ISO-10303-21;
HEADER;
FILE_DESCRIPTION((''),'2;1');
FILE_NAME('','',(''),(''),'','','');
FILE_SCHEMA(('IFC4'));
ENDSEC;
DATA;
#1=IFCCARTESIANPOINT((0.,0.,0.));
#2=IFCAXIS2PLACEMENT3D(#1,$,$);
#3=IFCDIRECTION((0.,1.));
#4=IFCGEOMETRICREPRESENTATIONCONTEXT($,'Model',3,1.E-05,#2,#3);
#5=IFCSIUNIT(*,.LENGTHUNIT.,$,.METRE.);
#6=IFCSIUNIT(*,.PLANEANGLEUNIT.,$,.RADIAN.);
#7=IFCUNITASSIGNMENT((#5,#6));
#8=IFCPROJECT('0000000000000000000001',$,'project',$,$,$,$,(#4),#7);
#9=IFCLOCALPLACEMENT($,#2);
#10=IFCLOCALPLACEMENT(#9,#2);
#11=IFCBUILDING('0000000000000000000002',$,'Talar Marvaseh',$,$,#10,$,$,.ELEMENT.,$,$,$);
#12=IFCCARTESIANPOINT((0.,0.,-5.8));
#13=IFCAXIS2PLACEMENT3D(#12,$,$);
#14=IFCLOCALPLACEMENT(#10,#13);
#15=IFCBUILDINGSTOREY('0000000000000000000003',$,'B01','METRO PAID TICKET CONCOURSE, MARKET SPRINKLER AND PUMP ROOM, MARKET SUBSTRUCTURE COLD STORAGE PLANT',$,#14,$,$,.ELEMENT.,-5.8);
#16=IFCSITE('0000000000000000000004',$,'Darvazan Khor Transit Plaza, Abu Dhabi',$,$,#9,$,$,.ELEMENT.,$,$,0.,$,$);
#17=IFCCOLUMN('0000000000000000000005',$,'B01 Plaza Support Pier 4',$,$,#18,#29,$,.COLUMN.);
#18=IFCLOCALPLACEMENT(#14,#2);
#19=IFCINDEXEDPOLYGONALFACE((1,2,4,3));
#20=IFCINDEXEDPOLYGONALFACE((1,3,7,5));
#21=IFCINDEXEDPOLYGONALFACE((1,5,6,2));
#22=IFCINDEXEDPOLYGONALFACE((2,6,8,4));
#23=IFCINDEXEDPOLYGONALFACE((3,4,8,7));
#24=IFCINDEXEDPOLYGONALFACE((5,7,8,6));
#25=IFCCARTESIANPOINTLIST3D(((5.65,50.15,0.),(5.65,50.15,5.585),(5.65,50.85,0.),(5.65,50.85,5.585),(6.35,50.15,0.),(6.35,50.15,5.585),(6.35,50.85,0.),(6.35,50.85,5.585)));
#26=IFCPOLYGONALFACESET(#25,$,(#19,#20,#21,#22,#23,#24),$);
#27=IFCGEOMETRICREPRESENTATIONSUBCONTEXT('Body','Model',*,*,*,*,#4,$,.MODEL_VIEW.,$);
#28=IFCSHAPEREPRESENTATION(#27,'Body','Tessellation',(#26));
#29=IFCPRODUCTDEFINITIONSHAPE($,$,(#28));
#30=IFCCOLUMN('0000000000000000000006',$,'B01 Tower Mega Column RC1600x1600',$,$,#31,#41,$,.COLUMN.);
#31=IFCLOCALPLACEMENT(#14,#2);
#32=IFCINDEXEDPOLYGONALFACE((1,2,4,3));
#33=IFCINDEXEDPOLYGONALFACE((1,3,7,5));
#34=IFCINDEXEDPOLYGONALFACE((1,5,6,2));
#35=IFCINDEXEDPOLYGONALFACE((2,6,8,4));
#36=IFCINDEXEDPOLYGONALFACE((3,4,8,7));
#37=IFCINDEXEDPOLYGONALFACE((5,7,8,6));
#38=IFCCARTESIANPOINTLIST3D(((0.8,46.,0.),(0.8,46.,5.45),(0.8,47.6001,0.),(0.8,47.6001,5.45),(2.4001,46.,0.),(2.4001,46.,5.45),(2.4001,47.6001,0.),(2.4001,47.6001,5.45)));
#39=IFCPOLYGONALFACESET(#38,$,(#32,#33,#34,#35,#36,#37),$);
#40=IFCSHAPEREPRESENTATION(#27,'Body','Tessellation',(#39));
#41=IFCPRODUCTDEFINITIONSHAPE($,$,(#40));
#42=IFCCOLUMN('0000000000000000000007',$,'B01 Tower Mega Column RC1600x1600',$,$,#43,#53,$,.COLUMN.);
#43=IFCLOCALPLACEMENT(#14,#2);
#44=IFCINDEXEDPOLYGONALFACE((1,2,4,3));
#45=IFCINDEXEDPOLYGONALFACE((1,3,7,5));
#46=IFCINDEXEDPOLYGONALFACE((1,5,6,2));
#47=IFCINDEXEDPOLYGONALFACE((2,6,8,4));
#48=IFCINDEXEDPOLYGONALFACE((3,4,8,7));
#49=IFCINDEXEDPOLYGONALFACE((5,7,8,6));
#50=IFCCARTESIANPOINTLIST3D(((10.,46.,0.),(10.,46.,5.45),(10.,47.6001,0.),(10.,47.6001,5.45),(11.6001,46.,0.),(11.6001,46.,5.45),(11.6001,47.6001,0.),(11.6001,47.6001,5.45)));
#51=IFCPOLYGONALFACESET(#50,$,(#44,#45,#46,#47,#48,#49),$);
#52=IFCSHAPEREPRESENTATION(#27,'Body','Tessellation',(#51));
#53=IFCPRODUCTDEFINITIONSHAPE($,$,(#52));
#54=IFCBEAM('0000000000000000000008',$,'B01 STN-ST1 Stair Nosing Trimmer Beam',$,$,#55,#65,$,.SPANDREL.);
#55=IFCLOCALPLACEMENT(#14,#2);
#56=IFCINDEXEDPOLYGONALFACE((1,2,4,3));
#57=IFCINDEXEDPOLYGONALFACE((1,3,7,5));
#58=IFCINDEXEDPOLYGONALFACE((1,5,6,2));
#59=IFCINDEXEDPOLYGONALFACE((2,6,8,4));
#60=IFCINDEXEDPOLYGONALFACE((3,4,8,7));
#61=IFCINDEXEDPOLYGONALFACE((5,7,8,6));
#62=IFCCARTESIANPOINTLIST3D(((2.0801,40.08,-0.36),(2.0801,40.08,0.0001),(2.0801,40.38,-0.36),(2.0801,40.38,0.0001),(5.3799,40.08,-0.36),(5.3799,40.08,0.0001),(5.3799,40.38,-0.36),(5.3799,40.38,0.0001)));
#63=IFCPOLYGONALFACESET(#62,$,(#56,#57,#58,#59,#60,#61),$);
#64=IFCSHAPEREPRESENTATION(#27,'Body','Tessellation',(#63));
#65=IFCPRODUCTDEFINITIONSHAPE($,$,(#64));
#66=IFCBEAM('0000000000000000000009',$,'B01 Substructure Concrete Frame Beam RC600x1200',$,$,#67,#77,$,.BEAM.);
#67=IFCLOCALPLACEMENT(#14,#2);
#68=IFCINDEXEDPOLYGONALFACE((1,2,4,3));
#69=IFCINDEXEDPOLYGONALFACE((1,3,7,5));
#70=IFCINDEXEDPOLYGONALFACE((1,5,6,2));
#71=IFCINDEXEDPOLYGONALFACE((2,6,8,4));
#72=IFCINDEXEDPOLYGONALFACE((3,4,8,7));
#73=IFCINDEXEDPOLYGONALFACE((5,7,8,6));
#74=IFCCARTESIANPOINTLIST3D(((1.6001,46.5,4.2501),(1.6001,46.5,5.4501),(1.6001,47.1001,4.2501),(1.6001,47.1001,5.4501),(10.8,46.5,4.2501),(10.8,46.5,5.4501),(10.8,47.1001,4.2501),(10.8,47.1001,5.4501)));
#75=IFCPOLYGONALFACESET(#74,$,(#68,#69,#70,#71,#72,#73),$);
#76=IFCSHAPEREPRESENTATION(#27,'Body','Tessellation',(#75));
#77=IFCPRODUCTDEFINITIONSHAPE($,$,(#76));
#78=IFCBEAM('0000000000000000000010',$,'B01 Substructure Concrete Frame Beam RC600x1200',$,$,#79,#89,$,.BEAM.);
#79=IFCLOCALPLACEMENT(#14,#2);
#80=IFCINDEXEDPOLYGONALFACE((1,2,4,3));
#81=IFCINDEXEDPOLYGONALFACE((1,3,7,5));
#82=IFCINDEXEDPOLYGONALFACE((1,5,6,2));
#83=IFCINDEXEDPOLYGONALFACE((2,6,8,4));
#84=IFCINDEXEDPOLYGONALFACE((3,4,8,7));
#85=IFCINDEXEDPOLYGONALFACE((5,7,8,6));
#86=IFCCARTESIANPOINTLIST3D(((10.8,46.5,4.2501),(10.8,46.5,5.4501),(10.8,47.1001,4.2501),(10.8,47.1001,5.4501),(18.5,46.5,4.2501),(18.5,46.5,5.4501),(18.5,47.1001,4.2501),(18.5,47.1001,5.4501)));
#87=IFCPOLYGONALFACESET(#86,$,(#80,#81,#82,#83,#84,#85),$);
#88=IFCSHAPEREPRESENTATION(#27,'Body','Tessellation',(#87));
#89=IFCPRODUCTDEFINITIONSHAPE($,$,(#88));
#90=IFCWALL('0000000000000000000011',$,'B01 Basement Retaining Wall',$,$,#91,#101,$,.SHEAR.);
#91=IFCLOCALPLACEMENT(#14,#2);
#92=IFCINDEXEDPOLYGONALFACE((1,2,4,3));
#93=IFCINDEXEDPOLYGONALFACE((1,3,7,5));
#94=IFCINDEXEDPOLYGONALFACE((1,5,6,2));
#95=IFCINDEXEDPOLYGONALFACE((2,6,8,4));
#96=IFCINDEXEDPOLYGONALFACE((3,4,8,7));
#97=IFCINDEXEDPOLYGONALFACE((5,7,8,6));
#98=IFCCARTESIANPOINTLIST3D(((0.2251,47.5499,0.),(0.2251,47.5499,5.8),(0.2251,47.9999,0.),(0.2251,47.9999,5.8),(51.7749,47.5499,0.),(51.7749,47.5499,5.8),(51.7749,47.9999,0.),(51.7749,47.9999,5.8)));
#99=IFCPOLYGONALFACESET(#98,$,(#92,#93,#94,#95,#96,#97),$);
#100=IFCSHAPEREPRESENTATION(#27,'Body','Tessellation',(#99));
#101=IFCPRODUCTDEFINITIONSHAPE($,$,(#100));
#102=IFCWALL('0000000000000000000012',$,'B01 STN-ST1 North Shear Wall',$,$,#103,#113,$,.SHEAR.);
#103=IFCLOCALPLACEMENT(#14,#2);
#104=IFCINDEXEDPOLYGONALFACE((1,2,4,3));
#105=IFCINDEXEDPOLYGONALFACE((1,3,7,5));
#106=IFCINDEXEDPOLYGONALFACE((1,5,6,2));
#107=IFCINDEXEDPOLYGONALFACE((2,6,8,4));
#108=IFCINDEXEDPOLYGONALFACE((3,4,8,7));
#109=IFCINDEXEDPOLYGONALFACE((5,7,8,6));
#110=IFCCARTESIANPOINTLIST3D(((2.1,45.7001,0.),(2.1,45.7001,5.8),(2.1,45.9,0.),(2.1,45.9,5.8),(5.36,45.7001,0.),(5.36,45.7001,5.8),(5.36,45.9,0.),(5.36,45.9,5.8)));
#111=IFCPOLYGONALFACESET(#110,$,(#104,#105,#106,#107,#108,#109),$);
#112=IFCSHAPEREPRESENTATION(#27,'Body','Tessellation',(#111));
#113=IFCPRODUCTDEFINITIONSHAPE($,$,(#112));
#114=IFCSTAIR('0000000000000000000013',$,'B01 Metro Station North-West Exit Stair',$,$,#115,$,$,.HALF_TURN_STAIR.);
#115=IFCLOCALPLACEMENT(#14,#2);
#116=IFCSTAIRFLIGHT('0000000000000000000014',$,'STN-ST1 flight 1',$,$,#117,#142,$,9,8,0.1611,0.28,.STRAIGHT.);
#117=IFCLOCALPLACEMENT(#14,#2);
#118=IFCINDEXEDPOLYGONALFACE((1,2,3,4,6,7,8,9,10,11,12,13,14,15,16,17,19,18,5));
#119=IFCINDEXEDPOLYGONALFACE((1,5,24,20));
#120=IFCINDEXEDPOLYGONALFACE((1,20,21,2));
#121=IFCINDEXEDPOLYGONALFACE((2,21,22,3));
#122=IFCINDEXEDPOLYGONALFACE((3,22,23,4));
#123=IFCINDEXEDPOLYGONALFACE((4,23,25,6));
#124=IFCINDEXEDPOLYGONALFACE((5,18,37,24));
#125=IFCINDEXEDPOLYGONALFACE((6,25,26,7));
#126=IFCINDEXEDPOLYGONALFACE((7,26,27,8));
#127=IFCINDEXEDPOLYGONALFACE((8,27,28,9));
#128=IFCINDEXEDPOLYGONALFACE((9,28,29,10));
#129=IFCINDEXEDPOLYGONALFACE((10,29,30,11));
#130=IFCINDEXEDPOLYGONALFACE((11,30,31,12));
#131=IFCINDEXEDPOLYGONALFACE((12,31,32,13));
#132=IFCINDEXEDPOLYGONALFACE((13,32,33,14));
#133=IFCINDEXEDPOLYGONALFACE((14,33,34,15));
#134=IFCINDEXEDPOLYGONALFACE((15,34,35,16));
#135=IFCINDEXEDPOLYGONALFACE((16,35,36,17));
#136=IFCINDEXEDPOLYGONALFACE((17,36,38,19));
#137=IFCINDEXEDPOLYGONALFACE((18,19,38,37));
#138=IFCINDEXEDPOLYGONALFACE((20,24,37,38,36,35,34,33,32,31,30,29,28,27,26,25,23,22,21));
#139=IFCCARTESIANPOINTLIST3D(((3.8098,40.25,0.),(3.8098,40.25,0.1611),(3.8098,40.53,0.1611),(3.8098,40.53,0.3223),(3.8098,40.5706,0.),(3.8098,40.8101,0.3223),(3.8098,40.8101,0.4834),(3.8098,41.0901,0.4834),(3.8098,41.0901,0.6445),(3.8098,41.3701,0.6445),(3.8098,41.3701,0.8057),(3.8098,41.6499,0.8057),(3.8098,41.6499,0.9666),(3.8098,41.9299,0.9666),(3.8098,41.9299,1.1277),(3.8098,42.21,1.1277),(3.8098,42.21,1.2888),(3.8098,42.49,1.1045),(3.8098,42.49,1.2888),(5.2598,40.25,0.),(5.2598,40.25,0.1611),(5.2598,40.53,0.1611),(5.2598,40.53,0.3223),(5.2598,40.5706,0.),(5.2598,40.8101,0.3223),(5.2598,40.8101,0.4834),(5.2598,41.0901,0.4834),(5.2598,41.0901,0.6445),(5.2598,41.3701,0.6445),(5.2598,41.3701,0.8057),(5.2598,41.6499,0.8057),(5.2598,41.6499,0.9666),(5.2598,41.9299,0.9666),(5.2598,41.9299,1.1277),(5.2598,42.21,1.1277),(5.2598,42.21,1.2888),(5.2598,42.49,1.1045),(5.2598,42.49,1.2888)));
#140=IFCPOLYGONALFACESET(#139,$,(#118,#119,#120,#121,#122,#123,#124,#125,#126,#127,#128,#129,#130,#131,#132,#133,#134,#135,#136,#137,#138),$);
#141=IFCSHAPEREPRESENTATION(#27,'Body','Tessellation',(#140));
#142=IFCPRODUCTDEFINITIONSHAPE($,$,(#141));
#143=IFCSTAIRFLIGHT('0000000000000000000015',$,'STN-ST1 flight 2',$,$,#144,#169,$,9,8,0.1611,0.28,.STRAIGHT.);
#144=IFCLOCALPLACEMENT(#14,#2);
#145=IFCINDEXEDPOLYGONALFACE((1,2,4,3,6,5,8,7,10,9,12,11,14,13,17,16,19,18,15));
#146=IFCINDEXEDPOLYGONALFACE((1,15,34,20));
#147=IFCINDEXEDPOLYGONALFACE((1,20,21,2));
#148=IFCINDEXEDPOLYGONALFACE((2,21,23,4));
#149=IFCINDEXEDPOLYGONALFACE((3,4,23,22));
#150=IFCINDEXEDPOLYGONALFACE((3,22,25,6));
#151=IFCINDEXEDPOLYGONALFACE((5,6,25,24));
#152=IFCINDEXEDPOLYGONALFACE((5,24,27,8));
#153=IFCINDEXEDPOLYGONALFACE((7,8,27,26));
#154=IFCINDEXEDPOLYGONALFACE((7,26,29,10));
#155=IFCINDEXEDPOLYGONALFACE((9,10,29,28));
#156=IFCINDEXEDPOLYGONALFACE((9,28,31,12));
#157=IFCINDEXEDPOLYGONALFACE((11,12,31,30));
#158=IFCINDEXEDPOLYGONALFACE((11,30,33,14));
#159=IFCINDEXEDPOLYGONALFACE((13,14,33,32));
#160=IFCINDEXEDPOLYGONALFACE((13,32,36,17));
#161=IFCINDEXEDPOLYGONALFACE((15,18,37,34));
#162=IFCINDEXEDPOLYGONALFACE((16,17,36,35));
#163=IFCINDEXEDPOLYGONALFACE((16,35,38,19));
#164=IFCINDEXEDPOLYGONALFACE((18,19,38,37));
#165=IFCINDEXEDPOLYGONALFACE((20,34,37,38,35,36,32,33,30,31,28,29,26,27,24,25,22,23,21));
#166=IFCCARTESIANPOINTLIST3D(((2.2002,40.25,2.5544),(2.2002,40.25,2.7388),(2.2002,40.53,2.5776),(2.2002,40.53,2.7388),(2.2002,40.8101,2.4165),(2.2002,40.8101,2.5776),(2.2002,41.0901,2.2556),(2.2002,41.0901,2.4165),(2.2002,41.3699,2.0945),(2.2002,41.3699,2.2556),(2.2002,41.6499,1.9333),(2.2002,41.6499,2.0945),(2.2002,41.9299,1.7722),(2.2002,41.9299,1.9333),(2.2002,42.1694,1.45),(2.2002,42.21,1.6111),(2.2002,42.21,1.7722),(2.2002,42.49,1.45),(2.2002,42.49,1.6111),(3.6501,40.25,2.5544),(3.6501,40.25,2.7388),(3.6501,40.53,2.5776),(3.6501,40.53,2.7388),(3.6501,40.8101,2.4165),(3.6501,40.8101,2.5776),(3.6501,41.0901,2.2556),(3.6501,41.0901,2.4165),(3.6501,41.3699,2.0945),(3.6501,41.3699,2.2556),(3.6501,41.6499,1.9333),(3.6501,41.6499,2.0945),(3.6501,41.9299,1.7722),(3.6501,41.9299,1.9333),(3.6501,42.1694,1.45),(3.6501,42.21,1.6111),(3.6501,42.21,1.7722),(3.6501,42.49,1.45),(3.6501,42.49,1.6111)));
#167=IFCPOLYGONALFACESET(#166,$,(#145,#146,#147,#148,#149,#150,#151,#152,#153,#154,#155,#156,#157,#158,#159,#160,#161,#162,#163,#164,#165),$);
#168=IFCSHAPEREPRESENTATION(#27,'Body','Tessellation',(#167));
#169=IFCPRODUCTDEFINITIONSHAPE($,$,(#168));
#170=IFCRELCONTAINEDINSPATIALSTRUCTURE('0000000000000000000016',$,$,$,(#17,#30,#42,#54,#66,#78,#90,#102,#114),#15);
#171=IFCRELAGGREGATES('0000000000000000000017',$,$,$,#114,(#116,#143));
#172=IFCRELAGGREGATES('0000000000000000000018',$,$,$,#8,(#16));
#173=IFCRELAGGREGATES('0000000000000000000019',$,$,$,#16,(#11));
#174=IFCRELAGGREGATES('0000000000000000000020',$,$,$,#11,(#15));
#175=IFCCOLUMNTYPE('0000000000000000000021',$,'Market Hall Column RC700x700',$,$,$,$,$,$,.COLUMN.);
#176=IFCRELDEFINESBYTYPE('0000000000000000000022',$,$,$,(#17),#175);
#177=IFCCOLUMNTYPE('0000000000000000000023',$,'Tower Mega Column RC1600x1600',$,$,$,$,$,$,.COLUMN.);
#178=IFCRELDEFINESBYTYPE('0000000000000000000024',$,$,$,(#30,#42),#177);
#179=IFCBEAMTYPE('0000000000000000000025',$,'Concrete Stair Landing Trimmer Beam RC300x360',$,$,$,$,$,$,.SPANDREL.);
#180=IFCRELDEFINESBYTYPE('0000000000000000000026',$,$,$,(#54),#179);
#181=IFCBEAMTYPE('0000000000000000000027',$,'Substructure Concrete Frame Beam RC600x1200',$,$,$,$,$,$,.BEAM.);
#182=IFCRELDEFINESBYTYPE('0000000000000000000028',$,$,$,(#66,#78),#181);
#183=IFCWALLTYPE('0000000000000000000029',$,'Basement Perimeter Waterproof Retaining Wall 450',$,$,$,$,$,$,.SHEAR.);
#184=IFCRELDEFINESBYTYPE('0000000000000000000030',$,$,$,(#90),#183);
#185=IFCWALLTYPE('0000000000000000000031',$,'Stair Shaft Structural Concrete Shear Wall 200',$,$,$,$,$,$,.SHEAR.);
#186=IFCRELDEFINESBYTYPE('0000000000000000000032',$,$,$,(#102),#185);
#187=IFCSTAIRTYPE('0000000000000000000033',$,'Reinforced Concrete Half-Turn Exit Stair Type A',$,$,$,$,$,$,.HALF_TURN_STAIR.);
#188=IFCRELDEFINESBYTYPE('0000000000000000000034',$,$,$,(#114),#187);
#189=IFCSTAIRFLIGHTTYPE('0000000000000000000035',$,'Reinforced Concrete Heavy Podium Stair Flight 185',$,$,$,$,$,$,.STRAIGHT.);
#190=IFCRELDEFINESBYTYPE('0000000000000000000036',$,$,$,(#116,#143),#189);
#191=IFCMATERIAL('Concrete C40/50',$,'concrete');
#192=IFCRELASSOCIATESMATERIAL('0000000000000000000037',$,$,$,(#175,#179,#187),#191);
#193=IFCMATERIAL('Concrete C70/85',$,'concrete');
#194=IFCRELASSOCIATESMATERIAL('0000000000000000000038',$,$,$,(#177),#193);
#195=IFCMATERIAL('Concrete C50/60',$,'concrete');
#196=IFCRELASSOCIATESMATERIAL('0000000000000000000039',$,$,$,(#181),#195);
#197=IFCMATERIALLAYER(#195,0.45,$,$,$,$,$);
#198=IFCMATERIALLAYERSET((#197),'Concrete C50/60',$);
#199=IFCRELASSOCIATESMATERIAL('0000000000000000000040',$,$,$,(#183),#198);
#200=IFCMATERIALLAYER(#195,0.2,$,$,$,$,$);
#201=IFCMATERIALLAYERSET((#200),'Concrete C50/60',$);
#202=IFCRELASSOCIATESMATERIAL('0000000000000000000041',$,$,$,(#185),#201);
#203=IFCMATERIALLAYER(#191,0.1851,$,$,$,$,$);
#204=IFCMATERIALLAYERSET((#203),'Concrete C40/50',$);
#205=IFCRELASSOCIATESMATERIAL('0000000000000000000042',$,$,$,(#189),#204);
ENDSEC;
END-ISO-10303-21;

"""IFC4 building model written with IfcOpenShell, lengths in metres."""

from ifc_helpers import new_model, si_unit, direction, frame, frame_2d, origin, origin_2d, place, context, subcontext, project, spatial, polyline, rectangle, outline, extrude, material, layer, layer_set, material_profile, profile_set, type_object, element, aggregate, save


model = new_model("IFC4")

# Units and contexts
model_context = context("Model", 3, precision=1e-05, world=origin(), true_north=direction((0.0, 1.0)))
body_context = subcontext(model_context, "Body", "Model", "MODEL_VIEW")
ifc_project = project(units=[si_unit("LENGTHUNIT", "METRE"), si_unit("PLANEANGLEUNIT", "RADIAN")], contexts=[model_context])

# Site, building, storey
site_placement = place(None, origin())
site = spatial("IfcSite", under=ifc_project, at=site_placement, Name="Darvazan Khor Transit Plaza, Abu Dhabi", CompositionType="ELEMENT", RefElevation=0.0)
building_placement = place(site_placement, origin())
building = spatial("IfcBuilding", under=site, at=building_placement, Name="Talar Marvaseh", CompositionType="ELEMENT")
storey_placement = place(building_placement, frame((0.0, 0.0, -5.8)))
storey = spatial("IfcBuildingStorey", under=building, at=storey_placement, Name="B01", Description="METRO PAID TICKET CONCOURSE, MARKET SPRINKLER AND PUMP ROOM, MARKET SUBSTRUCTURE COLD STORAGE PLANT", CompositionType="ELEMENT", Elevation=-5.8)

# Columns
ifc_material_1 = material(Name="Concrete C40/50", Category="concrete")
ifc_material_profile_1 = material_profile(ifc_material_1, rectangle(XDim=0.7, YDim=0.7, at=origin_2d()), Name="RC700x700")
ifc_profile_set_1 = profile_set([ifc_material_profile_1], Name="Concrete C40/50")
column_type_1 = type_object("IfcColumnType", Name="Market Hall Column RC700x700", PredefinedType="COLUMN", material=ifc_profile_set_1)
column_placement = place(storey_placement, frame((6.0, 50.5, 0.0), z_axis=(0.0, 0.0, 1.0), x_axis=(1.0, 0.0, 0.0)))
element("IfcColumn", 1, at=column_placement, inside=storey, type_object=column_type_1, Name="B01 Plaza Support Pier 4", PredefinedType="COLUMN", context=body_context, shape_type="SweptSolid", body=[
    extrude(rectangle(XDim=0.7, YDim=0.7, at=origin_2d()), origin(), (0.0, 0.0, 1.0), 5.585),
])
ifc_material_2 = material(Name="Concrete C70/85", Category="concrete")
ifc_material_profile_2 = material_profile(ifc_material_2, rectangle(XDim=1.6001, YDim=1.6001, at=origin_2d()), Name="RC1600x1600")
ifc_profile_set_2 = profile_set([ifc_material_profile_2], Name="Concrete C70/85")
column_type_2 = type_object("IfcColumnType", Name="Tower Mega Column RC1600x1600", PredefinedType="COLUMN", material=ifc_profile_set_2)
for number, where, z_axis, x_axis, name in (
    (2, (1.6001, 46.8, 0.0), (0.0, 0.0, 1.0), (1.0, 0.0, 0.0), "B01 Tower Mega Column RC1600x1600"),
    (3, (10.8, 46.8, 0.0), (0.0, 0.0, 1.0), (1.0, 0.0, 0.0), "B01 Tower Mega Column RC1600x1600"),
):
    element("IfcColumn", number, at=place(storey_placement, frame(where, z_axis=z_axis, x_axis=x_axis)), inside=storey, type_object=column_type_2, Name=name, PredefinedType="COLUMN", context=body_context, shape_type="SweptSolid", body=[
        extrude(rectangle(XDim=1.6001, YDim=1.6001, at=origin_2d()), origin(), (0.0, 0.0, 1.0), 5.45),
    ])

# Beams
ifc_material_profile_3 = material_profile(ifc_material_1, rectangle(XDim=0.3, YDim=0.3601, at=origin_2d()), Name="RC300x360")
ifc_profile_set_3 = profile_set([ifc_material_profile_3], Name="Concrete C40/50")
beam_type_1 = type_object("IfcBeamType", Name="Concrete Stair Landing Trimmer Beam RC300x360", PredefinedType="SPANDREL", material=ifc_profile_set_3)
beam_1_placement = place(storey_placement, frame((5.3799, 40.23, -0.1799), z_axis=(-1.0, 0.0, 0.0), x_axis=(0.0, -1.0, 0.0)))
element("IfcBeam", 4, at=beam_1_placement, inside=storey, type_object=beam_type_1, Name="B01 STN-ST1 Stair Nosing Trimmer Beam", PredefinedType="SPANDREL", context=body_context, shape_type="SweptSolid", body=[
    extrude(rectangle(XDim=0.3, YDim=0.3601, at=origin_2d()), origin(), (0.0, 0.0, 1.0), 3.2998),
])
ifc_material_3 = material(Name="Concrete C50/60", Category="concrete")
ifc_material_profile_4 = material_profile(ifc_material_3, rectangle(XDim=0.6001, YDim=1.2, at=origin_2d()), Name="RC600x1200")
ifc_profile_set_4 = profile_set([ifc_material_profile_4], Name="Concrete C50/60")
beam_type_2 = type_object("IfcBeamType", Name="Substructure Concrete Frame Beam RC600x1200", PredefinedType="BEAM", material=ifc_profile_set_4)
beam_2_placement = place(storey_placement, frame((1.6001, 46.8, 4.8501), z_axis=(1.0, 0.0, 0.0), x_axis=(0.0, 1.0, 0.0)))
element("IfcBeam", 5, at=beam_2_placement, inside=storey, type_object=beam_type_2, Name="B01 Substructure Concrete Frame Beam RC600x1200", PredefinedType="BEAM", context=body_context, shape_type="SweptSolid", body=[
    extrude(rectangle(XDim=0.6001, YDim=1.2, at=origin_2d()), origin(), (0.0, 0.0, 1.0), 9.2),
])
beam_3_placement = place(storey_placement, frame((10.8, 46.8, 4.8501), z_axis=(1.0, 0.0, 0.0), x_axis=(0.0, 1.0, 0.0)))
element("IfcBeam", 6, at=beam_3_placement, inside=storey, type_object=beam_type_2, Name="B01 Substructure Concrete Frame Beam RC600x1200", PredefinedType="BEAM", context=body_context, shape_type="SweptSolid", body=[
    extrude(rectangle(XDim=0.6001, YDim=1.2, at=origin_2d()), origin(), (0.0, 0.0, 1.0), 7.7),
])

# Walls
ifc_layer_1 = layer(ifc_material_3, 0.45)
ifc_layer_set_1 = layer_set([ifc_layer_1], Name="Concrete C50/60")
wall_type_1 = type_object("IfcWallType", Name="Basement Perimeter Waterproof Retaining Wall 450", PredefinedType="SHEAR", material=ifc_layer_set_1)
wall_1_placement = place(storey_placement, frame((0.2251, 47.7749, 0.0), z_axis=(0.0, 0.0, 1.0), x_axis=(1.0, 0.0, 0.0)))
element("IfcWall", 7, at=wall_1_placement, inside=storey, type_object=wall_type_1, Name="B01 Basement Retaining Wall", PredefinedType="SHEAR", context=body_context, shape_type="SweptSolid", body=[
    extrude(rectangle(XDim=51.5498, YDim=0.45, at=frame_2d((25.7749, 0.0))), origin(), (0.0, 0.0, 1.0), 5.8),
])
ifc_layer_2 = layer(ifc_material_3, 0.2)
ifc_layer_set_2 = layer_set([ifc_layer_2], Name="Concrete C50/60")
wall_type_2 = type_object("IfcWallType", Name="Stair Shaft Structural Concrete Shear Wall 200", PredefinedType="SHEAR", material=ifc_layer_set_2)
wall_2_placement = place(storey_placement, frame((2.1001, 45.8, 0.0), z_axis=(0.0, 0.0, 1.0), x_axis=(1.0, 0.0, 0.0)))
element("IfcWall", 8, at=wall_2_placement, inside=storey, type_object=wall_type_2, Name="B01 STN-ST1 North Shear Wall", PredefinedType="SHEAR", context=body_context, shape_type="SweptSolid", body=[
    extrude(rectangle(XDim=3.26, YDim=0.2, at=frame_2d((1.6299, 0.0))), origin(), (0.0, 0.0, 1.0), 5.8),
])

# Stair, stair flights
stair_type = type_object("IfcStairType", Name="Reinforced Concrete Half-Turn Exit Stair Type A", PredefinedType="HALF_TURN_STAIR", material=ifc_material_1)
stair_placement = place(storey_placement, origin())
stair = element("IfcStair", 9, at=stair_placement, inside=storey, type_object=stair_type, Name="B01 Metro Station North-West Exit Stair", PredefinedType="HALF_TURN_STAIR")
ifc_layer_3 = layer(ifc_material_1, 0.1851)
ifc_layer_set_3 = layer_set([ifc_layer_3], Name="Concrete C40/50")
stair_flight_type = type_object("IfcStairFlightType", Name="Reinforced Concrete Heavy Podium Stair Flight 185", PredefinedType="STRAIGHT", material=ifc_layer_set_3)
stair_flight_1_placement = place(storey_placement, frame((4.5349, 40.25, 0.0), z_axis=(0.0, 0.0, 1.0), x_axis=(0.0, 1.0, 0.0)))
stair_flight_1 = element("IfcStairFlight", 10, at=stair_flight_1_placement, type_object=stair_flight_type, Name="STN-ST1 flight 1", NumberOfRisers=9, NumberOfTreads=8, PredefinedType="STRAIGHT", RiserHeight=0.1611, TreadLength=0.28, context=body_context, shape_type="SweptSolid", body=[
    extrude(outline(polyline([(0.0, 0.0), (0.0, 0.1611), (0.28, 0.1611), (0.28, 0.3223), (0.5601, 0.3223), (0.5601, 0.4834), (0.8401, 0.4834), (0.8401, 0.6445), (1.1201, 0.6445), (1.1201, 0.8057), (1.3999, 0.8057), (1.3999, 0.9666), (1.6799, 0.9666), (1.6799, 1.1277), (1.96, 1.1277), (1.96, 1.2888), (2.24, 1.2888), (2.24, 1.45), (2.24, 1.1045), (0.3206, 0.0), (0.0, 0.0)])), frame((0.0, 0.7251, 0.0), z_axis=(0.0, -1.0, 0.0), x_axis=(1.0, 0.0, 0.0)), (0.0, 0.0, 1.0), 1.45),
])
stair_flight_2_placement = place(storey_placement, frame((2.925, 42.49, 1.45), z_axis=(0.0, 0.0, 1.0), x_axis=(0.0, -1.0, 0.0)))
stair_flight_2 = element("IfcStairFlight", 11, at=stair_flight_2_placement, type_object=stair_flight_type, Name="STN-ST1 flight 2", NumberOfRisers=9, NumberOfTreads=8, PredefinedType="STRAIGHT", RiserHeight=0.1611, TreadLength=0.28, context=body_context, shape_type="SweptSolid", body=[
    extrude(outline(polyline([(0.0, 0.0), (0.0, 0.1611), (0.28, 0.1611), (0.28, 0.3223), (0.5601, 0.3223), (0.5601, 0.4834), (0.8401, 0.4834), (0.8401, 0.6445), (1.1201, 0.6445), (1.1201, 0.8057), (1.3999, 0.8057), (1.3999, 0.9666), (1.6799, 0.9666), (1.6799, 1.1277), (1.96, 1.1277), (1.96, 1.2888), (2.24, 1.2888), (2.24, 1.45), (2.24, 1.1045), (0.3206, 0.0), (0.0, 0.0)])), frame((0.0, 0.7251, 0.0), z_axis=(0.0, -1.0, 0.0), x_axis=(1.0, 0.0, 0.0)), (0.0, 0.0, 1.0), 1.45),
])
aggregate(stair, [stair_flight_1, stair_flight_2])

save(model, "model.ifc")
